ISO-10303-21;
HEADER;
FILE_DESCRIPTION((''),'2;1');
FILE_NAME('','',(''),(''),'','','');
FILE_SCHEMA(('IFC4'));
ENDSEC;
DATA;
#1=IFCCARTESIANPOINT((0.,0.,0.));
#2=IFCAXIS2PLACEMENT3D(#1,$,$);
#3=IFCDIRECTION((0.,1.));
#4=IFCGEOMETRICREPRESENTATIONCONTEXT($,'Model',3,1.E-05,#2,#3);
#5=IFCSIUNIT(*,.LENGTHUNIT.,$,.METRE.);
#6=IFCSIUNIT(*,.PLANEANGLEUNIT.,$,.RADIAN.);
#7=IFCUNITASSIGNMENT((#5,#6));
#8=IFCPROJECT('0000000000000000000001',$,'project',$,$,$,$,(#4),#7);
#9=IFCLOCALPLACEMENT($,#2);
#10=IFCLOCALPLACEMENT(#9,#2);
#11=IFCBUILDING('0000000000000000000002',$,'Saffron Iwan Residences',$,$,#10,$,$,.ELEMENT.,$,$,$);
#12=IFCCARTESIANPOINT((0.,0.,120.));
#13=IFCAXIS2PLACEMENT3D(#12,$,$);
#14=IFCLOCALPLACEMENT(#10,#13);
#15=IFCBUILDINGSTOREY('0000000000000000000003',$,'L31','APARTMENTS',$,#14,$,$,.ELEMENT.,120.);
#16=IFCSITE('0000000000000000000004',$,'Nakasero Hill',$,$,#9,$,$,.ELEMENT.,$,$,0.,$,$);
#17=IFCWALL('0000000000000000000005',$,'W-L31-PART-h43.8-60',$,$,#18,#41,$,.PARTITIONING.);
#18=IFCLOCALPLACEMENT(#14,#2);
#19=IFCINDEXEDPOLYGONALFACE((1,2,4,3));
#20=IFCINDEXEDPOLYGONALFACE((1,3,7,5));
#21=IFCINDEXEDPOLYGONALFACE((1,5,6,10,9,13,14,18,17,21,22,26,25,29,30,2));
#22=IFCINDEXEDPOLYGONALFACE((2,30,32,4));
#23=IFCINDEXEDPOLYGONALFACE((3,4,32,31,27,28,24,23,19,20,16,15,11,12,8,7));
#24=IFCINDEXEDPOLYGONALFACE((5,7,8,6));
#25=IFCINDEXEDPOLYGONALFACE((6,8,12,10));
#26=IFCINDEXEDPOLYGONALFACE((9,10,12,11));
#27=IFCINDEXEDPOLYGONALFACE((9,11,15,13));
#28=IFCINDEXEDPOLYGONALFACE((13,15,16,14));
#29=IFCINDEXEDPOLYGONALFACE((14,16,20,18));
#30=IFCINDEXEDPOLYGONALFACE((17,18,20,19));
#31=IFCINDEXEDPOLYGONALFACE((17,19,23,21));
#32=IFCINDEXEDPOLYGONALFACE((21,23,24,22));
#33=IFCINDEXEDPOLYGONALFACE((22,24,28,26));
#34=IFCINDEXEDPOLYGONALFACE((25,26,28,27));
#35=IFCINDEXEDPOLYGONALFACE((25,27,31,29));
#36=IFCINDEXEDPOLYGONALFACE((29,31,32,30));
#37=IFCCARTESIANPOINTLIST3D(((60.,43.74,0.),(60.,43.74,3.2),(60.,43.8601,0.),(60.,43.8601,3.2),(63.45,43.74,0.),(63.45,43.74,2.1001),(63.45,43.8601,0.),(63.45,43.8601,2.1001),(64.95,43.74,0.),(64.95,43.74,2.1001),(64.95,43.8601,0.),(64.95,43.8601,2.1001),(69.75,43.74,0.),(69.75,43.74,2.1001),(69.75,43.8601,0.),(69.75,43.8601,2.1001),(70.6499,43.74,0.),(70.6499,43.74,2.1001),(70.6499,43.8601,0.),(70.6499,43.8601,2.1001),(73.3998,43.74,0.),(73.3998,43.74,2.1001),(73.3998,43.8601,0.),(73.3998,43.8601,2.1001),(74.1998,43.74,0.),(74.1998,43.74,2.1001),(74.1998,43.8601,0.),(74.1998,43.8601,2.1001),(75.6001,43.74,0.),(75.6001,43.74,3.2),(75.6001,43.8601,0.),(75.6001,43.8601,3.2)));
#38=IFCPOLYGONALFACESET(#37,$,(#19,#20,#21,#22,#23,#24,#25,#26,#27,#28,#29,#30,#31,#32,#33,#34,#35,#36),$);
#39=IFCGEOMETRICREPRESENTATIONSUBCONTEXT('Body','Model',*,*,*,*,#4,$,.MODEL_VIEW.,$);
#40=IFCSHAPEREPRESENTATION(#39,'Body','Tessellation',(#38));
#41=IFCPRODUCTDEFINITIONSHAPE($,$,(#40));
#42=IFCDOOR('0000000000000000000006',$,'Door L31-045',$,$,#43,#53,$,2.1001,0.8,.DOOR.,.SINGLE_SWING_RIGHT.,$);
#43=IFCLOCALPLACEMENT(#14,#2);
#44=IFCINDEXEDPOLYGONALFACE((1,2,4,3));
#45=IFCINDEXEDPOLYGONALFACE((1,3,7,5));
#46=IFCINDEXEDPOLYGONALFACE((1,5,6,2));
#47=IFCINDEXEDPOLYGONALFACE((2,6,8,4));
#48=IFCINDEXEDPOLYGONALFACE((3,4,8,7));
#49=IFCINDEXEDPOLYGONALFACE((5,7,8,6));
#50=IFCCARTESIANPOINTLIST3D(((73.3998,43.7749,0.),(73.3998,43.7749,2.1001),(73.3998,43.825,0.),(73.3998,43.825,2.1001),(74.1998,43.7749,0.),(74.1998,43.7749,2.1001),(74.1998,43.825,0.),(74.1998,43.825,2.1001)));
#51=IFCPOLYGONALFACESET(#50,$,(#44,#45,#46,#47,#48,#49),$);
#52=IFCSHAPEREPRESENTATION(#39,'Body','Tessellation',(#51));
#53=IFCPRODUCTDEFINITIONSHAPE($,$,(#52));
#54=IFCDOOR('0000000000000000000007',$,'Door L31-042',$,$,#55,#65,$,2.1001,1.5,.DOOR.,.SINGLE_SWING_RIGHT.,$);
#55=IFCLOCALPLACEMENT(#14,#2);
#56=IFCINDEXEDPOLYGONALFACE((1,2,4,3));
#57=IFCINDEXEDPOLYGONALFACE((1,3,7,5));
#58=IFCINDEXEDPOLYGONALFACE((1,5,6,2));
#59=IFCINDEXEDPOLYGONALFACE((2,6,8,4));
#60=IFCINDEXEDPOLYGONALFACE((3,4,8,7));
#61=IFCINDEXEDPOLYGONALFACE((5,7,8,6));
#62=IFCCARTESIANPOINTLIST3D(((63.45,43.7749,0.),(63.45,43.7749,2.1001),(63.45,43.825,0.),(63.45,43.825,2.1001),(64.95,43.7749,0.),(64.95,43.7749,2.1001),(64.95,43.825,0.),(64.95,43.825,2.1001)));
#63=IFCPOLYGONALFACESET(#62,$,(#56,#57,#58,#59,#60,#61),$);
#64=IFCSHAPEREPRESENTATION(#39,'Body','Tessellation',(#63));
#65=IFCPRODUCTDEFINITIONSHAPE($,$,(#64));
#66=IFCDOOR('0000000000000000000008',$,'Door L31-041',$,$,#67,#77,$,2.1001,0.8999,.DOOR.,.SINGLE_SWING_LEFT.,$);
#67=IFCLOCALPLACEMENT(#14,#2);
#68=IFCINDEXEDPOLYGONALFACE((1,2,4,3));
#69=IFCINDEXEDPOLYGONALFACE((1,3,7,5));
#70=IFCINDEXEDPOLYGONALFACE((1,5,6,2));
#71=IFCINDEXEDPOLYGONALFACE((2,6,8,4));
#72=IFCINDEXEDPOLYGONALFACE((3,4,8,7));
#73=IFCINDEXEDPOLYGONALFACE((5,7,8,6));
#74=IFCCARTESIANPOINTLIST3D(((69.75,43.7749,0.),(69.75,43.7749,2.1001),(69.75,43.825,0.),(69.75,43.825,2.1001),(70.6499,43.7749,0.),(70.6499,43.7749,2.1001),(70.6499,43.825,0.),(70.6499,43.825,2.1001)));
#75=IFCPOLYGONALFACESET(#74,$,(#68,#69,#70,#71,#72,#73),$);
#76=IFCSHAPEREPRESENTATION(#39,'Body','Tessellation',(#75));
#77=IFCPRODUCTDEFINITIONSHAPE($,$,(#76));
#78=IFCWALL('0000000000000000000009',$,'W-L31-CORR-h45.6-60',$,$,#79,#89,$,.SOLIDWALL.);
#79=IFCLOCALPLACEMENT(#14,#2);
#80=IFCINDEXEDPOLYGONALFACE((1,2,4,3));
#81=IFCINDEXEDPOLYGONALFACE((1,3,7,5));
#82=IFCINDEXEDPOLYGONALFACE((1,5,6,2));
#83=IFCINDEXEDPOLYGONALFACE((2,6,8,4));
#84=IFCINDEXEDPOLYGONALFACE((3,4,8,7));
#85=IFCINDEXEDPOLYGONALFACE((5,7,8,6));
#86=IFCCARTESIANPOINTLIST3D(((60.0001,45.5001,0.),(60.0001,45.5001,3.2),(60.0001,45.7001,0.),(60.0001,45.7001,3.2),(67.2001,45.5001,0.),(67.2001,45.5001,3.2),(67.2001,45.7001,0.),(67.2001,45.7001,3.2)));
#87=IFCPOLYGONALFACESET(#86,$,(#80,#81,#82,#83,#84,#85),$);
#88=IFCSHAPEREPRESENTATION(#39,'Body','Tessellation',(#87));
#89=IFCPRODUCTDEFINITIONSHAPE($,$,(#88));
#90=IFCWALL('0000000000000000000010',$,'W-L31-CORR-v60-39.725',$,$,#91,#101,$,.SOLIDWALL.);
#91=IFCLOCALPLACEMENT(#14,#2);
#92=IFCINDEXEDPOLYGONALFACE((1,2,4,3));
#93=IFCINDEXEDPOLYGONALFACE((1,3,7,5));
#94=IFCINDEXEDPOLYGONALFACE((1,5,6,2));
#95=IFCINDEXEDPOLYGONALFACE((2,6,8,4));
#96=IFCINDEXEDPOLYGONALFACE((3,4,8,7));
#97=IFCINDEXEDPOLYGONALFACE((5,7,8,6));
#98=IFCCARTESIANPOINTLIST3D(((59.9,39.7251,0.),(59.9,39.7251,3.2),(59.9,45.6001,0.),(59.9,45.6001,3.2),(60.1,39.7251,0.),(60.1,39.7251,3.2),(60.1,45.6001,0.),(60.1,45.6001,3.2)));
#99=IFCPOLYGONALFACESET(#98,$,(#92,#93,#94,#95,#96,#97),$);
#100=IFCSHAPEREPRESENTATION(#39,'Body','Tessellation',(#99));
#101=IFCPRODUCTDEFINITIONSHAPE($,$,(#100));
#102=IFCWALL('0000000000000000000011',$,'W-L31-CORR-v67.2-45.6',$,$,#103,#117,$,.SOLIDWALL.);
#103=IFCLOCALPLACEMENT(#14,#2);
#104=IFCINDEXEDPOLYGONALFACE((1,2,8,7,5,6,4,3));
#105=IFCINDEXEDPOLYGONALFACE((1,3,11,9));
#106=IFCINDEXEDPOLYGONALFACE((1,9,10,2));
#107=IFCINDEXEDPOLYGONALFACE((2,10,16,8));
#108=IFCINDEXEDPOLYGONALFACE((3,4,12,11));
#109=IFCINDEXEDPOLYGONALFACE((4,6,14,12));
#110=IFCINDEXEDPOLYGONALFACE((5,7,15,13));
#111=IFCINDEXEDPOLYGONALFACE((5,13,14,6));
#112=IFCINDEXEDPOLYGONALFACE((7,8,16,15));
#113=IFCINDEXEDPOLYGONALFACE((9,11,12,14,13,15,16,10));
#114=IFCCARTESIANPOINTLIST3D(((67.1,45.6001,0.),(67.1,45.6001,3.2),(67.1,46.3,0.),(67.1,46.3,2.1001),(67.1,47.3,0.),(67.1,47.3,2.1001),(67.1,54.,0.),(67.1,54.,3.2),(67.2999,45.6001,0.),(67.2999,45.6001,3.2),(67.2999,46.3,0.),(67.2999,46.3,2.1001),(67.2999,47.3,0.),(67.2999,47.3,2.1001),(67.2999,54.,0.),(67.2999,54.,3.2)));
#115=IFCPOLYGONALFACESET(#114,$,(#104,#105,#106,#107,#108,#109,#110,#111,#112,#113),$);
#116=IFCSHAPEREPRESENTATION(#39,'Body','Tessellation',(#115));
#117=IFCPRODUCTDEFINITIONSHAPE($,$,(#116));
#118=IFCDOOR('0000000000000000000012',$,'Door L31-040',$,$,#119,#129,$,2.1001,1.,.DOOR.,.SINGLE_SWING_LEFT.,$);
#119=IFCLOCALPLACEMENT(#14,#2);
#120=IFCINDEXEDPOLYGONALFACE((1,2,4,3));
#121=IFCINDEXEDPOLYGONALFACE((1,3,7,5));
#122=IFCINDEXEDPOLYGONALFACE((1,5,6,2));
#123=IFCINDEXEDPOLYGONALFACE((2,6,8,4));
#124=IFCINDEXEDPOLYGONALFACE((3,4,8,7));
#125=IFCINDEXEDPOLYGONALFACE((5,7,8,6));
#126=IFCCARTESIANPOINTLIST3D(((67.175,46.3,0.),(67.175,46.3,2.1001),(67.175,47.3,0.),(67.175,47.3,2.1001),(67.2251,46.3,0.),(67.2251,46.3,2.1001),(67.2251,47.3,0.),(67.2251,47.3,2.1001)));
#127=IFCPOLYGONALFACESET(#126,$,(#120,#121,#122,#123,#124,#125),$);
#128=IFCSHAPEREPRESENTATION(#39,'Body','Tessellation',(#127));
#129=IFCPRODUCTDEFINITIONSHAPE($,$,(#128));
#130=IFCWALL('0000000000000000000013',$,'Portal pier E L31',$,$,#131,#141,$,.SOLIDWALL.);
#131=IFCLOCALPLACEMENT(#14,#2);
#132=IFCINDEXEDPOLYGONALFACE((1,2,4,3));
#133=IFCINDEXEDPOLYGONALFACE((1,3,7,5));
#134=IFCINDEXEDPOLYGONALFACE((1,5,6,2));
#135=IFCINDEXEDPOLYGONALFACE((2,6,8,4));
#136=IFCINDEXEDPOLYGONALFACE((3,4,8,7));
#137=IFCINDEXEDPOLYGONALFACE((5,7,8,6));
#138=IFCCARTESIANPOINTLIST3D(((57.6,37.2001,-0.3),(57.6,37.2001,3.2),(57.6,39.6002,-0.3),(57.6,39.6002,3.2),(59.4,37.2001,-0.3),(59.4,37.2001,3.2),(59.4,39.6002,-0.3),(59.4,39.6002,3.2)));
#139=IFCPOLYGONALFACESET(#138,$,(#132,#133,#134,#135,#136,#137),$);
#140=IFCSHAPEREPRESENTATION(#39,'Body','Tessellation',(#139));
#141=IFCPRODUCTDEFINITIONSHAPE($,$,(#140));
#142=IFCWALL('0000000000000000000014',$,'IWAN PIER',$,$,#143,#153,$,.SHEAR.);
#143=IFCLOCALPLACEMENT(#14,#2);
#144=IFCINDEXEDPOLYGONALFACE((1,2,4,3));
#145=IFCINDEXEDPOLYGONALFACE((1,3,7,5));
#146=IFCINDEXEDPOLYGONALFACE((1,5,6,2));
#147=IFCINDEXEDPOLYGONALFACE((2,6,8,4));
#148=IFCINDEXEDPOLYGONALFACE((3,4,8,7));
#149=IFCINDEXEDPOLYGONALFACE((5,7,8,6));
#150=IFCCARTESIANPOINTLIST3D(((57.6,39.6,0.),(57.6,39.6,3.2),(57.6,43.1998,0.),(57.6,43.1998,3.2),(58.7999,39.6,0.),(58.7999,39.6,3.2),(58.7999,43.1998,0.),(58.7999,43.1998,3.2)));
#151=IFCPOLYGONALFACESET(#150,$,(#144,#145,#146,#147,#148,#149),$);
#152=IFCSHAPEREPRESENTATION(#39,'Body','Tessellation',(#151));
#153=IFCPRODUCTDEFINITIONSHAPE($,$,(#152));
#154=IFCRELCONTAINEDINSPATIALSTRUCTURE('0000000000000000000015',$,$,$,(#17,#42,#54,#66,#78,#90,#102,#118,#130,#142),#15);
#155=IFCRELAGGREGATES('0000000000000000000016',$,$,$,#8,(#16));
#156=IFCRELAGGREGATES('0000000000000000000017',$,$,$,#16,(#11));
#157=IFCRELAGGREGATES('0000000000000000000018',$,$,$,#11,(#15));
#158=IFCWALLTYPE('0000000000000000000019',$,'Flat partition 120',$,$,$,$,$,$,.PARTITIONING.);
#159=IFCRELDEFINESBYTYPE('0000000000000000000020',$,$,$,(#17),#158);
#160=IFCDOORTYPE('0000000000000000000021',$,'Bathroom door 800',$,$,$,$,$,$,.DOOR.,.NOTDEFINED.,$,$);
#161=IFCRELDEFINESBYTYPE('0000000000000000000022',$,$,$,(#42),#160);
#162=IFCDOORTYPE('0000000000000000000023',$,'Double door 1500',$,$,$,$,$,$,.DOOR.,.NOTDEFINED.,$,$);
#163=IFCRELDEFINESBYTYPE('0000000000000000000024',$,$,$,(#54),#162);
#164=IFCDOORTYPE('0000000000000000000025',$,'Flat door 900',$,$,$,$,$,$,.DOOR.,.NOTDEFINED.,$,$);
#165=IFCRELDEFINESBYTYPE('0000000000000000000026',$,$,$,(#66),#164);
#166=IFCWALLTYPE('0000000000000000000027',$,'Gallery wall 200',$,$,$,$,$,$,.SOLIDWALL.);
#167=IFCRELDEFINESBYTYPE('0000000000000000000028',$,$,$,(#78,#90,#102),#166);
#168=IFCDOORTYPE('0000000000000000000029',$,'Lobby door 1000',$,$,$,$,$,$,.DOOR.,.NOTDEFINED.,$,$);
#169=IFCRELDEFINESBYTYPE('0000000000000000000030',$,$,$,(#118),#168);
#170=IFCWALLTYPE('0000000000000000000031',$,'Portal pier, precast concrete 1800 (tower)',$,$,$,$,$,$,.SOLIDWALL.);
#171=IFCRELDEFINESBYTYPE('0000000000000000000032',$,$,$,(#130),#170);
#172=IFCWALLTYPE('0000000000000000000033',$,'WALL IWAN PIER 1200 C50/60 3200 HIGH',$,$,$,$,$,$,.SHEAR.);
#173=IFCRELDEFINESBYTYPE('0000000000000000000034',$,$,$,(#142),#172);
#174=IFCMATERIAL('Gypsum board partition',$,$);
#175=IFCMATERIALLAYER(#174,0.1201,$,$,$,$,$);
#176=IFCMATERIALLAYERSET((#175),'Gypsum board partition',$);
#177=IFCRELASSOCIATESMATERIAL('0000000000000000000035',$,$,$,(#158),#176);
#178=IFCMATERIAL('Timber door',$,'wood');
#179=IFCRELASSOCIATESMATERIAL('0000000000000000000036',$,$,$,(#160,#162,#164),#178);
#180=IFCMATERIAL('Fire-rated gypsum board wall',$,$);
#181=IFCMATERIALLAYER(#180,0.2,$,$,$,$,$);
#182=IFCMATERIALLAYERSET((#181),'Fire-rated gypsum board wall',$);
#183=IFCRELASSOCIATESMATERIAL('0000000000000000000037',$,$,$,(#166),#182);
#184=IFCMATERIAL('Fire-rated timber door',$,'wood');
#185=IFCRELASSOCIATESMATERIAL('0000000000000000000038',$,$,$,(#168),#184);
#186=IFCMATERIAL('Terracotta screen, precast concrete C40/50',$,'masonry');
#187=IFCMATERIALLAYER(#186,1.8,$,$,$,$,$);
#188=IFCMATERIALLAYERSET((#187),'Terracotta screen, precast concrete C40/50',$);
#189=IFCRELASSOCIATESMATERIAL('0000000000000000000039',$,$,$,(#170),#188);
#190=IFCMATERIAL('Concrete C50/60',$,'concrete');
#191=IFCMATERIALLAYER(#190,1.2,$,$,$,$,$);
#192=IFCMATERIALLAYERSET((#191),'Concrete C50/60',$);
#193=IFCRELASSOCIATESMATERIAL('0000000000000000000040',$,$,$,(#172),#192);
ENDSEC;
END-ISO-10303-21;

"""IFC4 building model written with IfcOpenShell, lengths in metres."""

from ifc_helpers import new_model, si_unit, direction, frame, frame_2d, origin, place, context, subcontext, project, spatial, rectangle, extrude, material, layer, layer_set, type_object, element, fill, save


model = new_model("IFC4")

# Units and contexts
model_context = context("Model", 3, precision=1e-05, world=origin(), true_north=direction((0.0, 1.0)))
body_context = subcontext(model_context, "Body", "Model", "MODEL_VIEW")
ifc_project = project(units=[si_unit("LENGTHUNIT", "METRE"), si_unit("PLANEANGLEUNIT", "RADIAN")], contexts=[model_context])

# Site, building, storey
site_placement = place(None, origin())
site = spatial("IfcSite", under=ifc_project, at=site_placement, Name="Nakasero Hill", CompositionType="ELEMENT", RefElevation=0.0)
building_placement = place(site_placement, origin())
building = spatial("IfcBuilding", under=site, at=building_placement, Name="Saffron Iwan Residences", CompositionType="ELEMENT")
storey_placement = place(building_placement, frame((0.0, 0.0, 120.0)))
storey = spatial("IfcBuildingStorey", under=building, at=storey_placement, Name="L31", Description="APARTMENTS", CompositionType="ELEMENT", Elevation=120.0)

# Shared definitions
ifc_material_1 = material(Name="Concrete C50/60", Category="concrete")

# Wall, openings, doors
ifc_material_2 = material(Name="Gypsum board partition")
ifc_layer_1 = layer(ifc_material_2, 0.1201)
ifc_layer_set_1 = layer_set([ifc_layer_1], Name="Gypsum board partition")
wall_type_1 = type_object("IfcWallType", Name="Flat partition 120", PredefinedType="PARTITIONING", material=ifc_layer_set_1)
wall_1_placement = place(storey_placement, frame((60.0, 43.8, 0.0), z_axis=(0.0, 0.0, 1.0), x_axis=(1.0, 0.0, 0.0)))
wall_1 = element("IfcWall", 1, at=wall_1_placement, inside=storey, type_object=wall_type_1, Name="W-L31-PART-h43.8-60", PredefinedType="PARTITIONING", context=body_context, shape_type="SweptSolid", body=[
    extrude(rectangle(XDim=15.6001, YDim=0.1201, at=frame_2d((7.8, 0.0))), origin(), (0.0, 0.0, 1.0), 3.2),
])
opening_1_placement = place(wall_1_placement, frame((9.75, 0.0, 0.0)))
opening_1 = element("IfcOpeningElement", 2, at=opening_1_placement, cuts=wall_1, PredefinedType="OPENING", context=body_context, shape_type="SweptSolid", body=[
    extrude(rectangle(XDim=0.8999, YDim=2.1001, at=frame_2d((0.45, 1.05))), frame((0.0, 0.0701, 0.0), z_axis=(0.0, -1.0, 0.0), x_axis=(1.0, 0.0, 0.0)), (0.0, 0.0, 1.0), 0.1401),
])
opening_2_placement = place(wall_1_placement, frame((3.45, 0.0, 0.0)))
opening_2 = element("IfcOpeningElement", 3, at=opening_2_placement, cuts=wall_1, PredefinedType="OPENING", context=body_context, shape_type="SweptSolid", body=[
    extrude(rectangle(XDim=1.5, YDim=2.1001, at=frame_2d((0.75, 1.05))), frame((0.0, 0.0701, 0.0), z_axis=(0.0, -1.0, 0.0), x_axis=(1.0, 0.0, 0.0)), (0.0, 0.0, 1.0), 0.1401),
])
opening_3_placement = place(wall_1_placement, frame((13.3999, 0.0, 0.0)))
opening_3 = element("IfcOpeningElement", 4, at=opening_3_placement, cuts=wall_1, PredefinedType="OPENING", context=body_context, shape_type="SweptSolid", body=[
    extrude(rectangle(XDim=0.8, YDim=2.1001, at=frame_2d((0.3999, 1.05))), frame((0.0, 0.0701, 0.0), z_axis=(0.0, -1.0, 0.0), x_axis=(1.0, 0.0, 0.0)), (0.0, 0.0, 1.0), 0.1401),
])
ifc_material_3 = material(Name="Timber door", Category="wood")
door_type_1 = type_object("IfcDoorType", Name="Bathroom door 800", OperationType="NOTDEFINED", PredefinedType="DOOR", material=ifc_material_3)
door_1_placement = place(opening_3_placement, origin())
door_1 = element("IfcDoor", 5, at=door_1_placement, inside=storey, type_object=door_type_1, Name="Door L31-045", OperationType="SINGLE_SWING_RIGHT", OverallHeight=2.1001, OverallWidth=0.8, PredefinedType="DOOR", context=body_context, shape_type="SweptSolid", body=[
    extrude(rectangle(XDim=0.8, YDim=2.1001, at=frame_2d((0.3999, 1.05))), frame((0.0, 0.0249, 0.0), z_axis=(0.0, -1.0, 0.0), x_axis=(1.0, 0.0, 0.0)), (0.0, 0.0, 1.0), 0.05),
])
fill(opening_3, door_1)
door_type_2 = type_object("IfcDoorType", Name="Double door 1500", OperationType="NOTDEFINED", PredefinedType="DOOR", material=ifc_material_3)
door_2_placement = place(opening_2_placement, origin())
door_2 = element("IfcDoor", 6, at=door_2_placement, inside=storey, type_object=door_type_2, Name="Door L31-042", OperationType="SINGLE_SWING_RIGHT", OverallHeight=2.1001, OverallWidth=1.5, PredefinedType="DOOR", context=body_context, shape_type="SweptSolid", body=[
    extrude(rectangle(XDim=1.5, YDim=2.1001, at=frame_2d((0.75, 1.05))), frame((0.0, 0.0249, 0.0), z_axis=(0.0, -1.0, 0.0), x_axis=(1.0, 0.0, 0.0)), (0.0, 0.0, 1.0), 0.05),
])
fill(opening_2, door_2)
door_type_3 = type_object("IfcDoorType", Name="Flat door 900", OperationType="NOTDEFINED", PredefinedType="DOOR", material=ifc_material_3)
door_3_placement = place(opening_1_placement, origin())
door_3 = element("IfcDoor", 7, at=door_3_placement, inside=storey, type_object=door_type_3, Name="Door L31-041", OperationType="SINGLE_SWING_LEFT", OverallHeight=2.1001, OverallWidth=0.8999, PredefinedType="DOOR", context=body_context, shape_type="SweptSolid", body=[
    extrude(rectangle(XDim=0.8999, YDim=2.1001, at=frame_2d((0.45, 1.05))), frame((0.0, 0.0249, 0.0), z_axis=(0.0, -1.0, 0.0), x_axis=(1.0, 0.0, 0.0)), (0.0, 0.0, 1.0), 0.05),
])
fill(opening_1, door_3)

# Walls
ifc_material_4 = material(Name="Fire-rated gypsum board wall")
ifc_layer_2 = layer(ifc_material_4, 0.2)
ifc_layer_set_2 = layer_set([ifc_layer_2], Name="Fire-rated gypsum board wall")
wall_type_2 = type_object("IfcWallType", Name="Gallery wall 200", PredefinedType="SOLIDWALL", material=ifc_layer_set_2)
wall_2_placement = place(storey_placement, frame((60.0, 45.6001, 0.0), z_axis=(0.0, 0.0, 1.0), x_axis=(1.0, 0.0, 0.0)))
element("IfcWall", 8, at=wall_2_placement, inside=storey, type_object=wall_type_2, Name="W-L31-CORR-h45.6-60", PredefinedType="SOLIDWALL", context=body_context, shape_type="SweptSolid", body=[
    extrude(rectangle(XDim=7.2, YDim=0.2, at=frame_2d((3.6001, 0.0))), origin(), (0.0, 0.0, 1.0), 3.2),
])
wall_3_placement = place(storey_placement, frame((60.0, 39.7251, 0.0), z_axis=(0.0, 0.0, 1.0), x_axis=(0.0, 1.0, 0.0)))
element("IfcWall", 9, at=wall_3_placement, inside=storey, type_object=wall_type_2, Name="W-L31-CORR-v60-39.725", PredefinedType="SOLIDWALL", context=body_context, shape_type="SweptSolid", body=[
    extrude(rectangle(XDim=5.875, YDim=0.2, at=frame_2d((2.9375, 0.0))), origin(), (0.0, 0.0, 1.0), 3.2),
])

# Wall, opening, door
wall_4_placement = place(storey_placement, frame((67.2, 45.6001, 0.0), z_axis=(0.0, 0.0, 1.0), x_axis=(0.0, 1.0, 0.0)))
wall_4 = element("IfcWall", 10, at=wall_4_placement, inside=storey, type_object=wall_type_2, Name="W-L31-CORR-v67.2-45.6", PredefinedType="SOLIDWALL", context=body_context, shape_type="SweptSolid", body=[
    extrude(rectangle(XDim=8.3999, YDim=0.2, at=frame_2d((4.2, 0.0))), origin(), (0.0, 0.0, 1.0), 3.2),
])
opening_4_placement = place(wall_4_placement, frame((0.7, 0.0, 0.0)))
opening_4 = element("IfcOpeningElement", 11, at=opening_4_placement, cuts=wall_4, PredefinedType="OPENING", context=body_context, shape_type="SweptSolid", body=[
    extrude(rectangle(XDim=1.0, YDim=2.1001, at=frame_2d((0.5, 1.05))), frame((0.0, 0.1099, 0.0), z_axis=(0.0, -1.0, 0.0), x_axis=(1.0, 0.0, 0.0)), (0.0, 0.0, 1.0), 0.22),
])
ifc_material_5 = material(Name="Fire-rated timber door", Category="wood")
door_type_4 = type_object("IfcDoorType", Name="Lobby door 1000", OperationType="NOTDEFINED", PredefinedType="DOOR", material=ifc_material_5)
door_4_placement = place(opening_4_placement, origin())
door_4 = element("IfcDoor", 12, at=door_4_placement, inside=storey, type_object=door_type_4, Name="Door L31-040", OperationType="SINGLE_SWING_LEFT", OverallHeight=2.1001, OverallWidth=1.0, PredefinedType="DOOR", context=body_context, shape_type="SweptSolid", body=[
    extrude(rectangle(XDim=1.0, YDim=2.1001, at=frame_2d((0.5, 1.05))), frame((0.0, 0.0249, 0.0), z_axis=(0.0, -1.0, 0.0), x_axis=(1.0, 0.0, 0.0)), (0.0, 0.0, 1.0), 0.05),
])
fill(opening_4, door_4)

# Walls
ifc_material_6 = material(Name="Terracotta screen, precast concrete C40/50", Category="masonry")
ifc_layer_3 = layer(ifc_material_6, 1.8)
ifc_layer_set_3 = layer_set([ifc_layer_3], Name="Terracotta screen, precast concrete C40/50")
wall_type_3 = type_object("IfcWallType", Name="Portal pier, precast concrete 1800 (tower)", PredefinedType="SOLIDWALL", material=ifc_layer_set_3)
wall_5_placement = place(storey_placement, frame((58.5, 37.2, -0.3), z_axis=(0.0, 0.0, 1.0), x_axis=(0.0, 1.0, 0.0)))
element("IfcWall", 13, at=wall_5_placement, inside=storey, type_object=wall_type_3, Name="Portal pier E L31", PredefinedType="SOLIDWALL", context=body_context, shape_type="SweptSolid", body=[
    extrude(rectangle(XDim=2.4001, YDim=1.8, at=frame_2d((1.2002, 0.0))), origin(), (0.0, 0.0, 1.0), 3.5),
])
ifc_layer_4 = layer(ifc_material_1, 1.2)
ifc_layer_set_4 = layer_set([ifc_layer_4], Name="Concrete C50/60")
wall_type_4 = type_object("IfcWallType", Name="WALL IWAN PIER 1200 C50/60 3200 HIGH", PredefinedType="SHEAR", material=ifc_layer_set_4)
wall_6_placement = place(storey_placement, frame((58.2, 39.6001, 0.0), z_axis=(0.0, 0.0, 1.0), x_axis=(0.0, 1.0, 0.0)))
element("IfcWall", 14, at=wall_6_placement, inside=storey, type_object=wall_type_4, Name="IWAN PIER", PredefinedType="SHEAR", context=body_context, shape_type="SweptSolid", body=[
    extrude(rectangle(XDim=3.5999, YDim=1.2, at=frame_2d((1.7998, 0.0))), origin(), (0.0, 0.0, 1.0), 3.2),
])

save(model, "model.ifc")
